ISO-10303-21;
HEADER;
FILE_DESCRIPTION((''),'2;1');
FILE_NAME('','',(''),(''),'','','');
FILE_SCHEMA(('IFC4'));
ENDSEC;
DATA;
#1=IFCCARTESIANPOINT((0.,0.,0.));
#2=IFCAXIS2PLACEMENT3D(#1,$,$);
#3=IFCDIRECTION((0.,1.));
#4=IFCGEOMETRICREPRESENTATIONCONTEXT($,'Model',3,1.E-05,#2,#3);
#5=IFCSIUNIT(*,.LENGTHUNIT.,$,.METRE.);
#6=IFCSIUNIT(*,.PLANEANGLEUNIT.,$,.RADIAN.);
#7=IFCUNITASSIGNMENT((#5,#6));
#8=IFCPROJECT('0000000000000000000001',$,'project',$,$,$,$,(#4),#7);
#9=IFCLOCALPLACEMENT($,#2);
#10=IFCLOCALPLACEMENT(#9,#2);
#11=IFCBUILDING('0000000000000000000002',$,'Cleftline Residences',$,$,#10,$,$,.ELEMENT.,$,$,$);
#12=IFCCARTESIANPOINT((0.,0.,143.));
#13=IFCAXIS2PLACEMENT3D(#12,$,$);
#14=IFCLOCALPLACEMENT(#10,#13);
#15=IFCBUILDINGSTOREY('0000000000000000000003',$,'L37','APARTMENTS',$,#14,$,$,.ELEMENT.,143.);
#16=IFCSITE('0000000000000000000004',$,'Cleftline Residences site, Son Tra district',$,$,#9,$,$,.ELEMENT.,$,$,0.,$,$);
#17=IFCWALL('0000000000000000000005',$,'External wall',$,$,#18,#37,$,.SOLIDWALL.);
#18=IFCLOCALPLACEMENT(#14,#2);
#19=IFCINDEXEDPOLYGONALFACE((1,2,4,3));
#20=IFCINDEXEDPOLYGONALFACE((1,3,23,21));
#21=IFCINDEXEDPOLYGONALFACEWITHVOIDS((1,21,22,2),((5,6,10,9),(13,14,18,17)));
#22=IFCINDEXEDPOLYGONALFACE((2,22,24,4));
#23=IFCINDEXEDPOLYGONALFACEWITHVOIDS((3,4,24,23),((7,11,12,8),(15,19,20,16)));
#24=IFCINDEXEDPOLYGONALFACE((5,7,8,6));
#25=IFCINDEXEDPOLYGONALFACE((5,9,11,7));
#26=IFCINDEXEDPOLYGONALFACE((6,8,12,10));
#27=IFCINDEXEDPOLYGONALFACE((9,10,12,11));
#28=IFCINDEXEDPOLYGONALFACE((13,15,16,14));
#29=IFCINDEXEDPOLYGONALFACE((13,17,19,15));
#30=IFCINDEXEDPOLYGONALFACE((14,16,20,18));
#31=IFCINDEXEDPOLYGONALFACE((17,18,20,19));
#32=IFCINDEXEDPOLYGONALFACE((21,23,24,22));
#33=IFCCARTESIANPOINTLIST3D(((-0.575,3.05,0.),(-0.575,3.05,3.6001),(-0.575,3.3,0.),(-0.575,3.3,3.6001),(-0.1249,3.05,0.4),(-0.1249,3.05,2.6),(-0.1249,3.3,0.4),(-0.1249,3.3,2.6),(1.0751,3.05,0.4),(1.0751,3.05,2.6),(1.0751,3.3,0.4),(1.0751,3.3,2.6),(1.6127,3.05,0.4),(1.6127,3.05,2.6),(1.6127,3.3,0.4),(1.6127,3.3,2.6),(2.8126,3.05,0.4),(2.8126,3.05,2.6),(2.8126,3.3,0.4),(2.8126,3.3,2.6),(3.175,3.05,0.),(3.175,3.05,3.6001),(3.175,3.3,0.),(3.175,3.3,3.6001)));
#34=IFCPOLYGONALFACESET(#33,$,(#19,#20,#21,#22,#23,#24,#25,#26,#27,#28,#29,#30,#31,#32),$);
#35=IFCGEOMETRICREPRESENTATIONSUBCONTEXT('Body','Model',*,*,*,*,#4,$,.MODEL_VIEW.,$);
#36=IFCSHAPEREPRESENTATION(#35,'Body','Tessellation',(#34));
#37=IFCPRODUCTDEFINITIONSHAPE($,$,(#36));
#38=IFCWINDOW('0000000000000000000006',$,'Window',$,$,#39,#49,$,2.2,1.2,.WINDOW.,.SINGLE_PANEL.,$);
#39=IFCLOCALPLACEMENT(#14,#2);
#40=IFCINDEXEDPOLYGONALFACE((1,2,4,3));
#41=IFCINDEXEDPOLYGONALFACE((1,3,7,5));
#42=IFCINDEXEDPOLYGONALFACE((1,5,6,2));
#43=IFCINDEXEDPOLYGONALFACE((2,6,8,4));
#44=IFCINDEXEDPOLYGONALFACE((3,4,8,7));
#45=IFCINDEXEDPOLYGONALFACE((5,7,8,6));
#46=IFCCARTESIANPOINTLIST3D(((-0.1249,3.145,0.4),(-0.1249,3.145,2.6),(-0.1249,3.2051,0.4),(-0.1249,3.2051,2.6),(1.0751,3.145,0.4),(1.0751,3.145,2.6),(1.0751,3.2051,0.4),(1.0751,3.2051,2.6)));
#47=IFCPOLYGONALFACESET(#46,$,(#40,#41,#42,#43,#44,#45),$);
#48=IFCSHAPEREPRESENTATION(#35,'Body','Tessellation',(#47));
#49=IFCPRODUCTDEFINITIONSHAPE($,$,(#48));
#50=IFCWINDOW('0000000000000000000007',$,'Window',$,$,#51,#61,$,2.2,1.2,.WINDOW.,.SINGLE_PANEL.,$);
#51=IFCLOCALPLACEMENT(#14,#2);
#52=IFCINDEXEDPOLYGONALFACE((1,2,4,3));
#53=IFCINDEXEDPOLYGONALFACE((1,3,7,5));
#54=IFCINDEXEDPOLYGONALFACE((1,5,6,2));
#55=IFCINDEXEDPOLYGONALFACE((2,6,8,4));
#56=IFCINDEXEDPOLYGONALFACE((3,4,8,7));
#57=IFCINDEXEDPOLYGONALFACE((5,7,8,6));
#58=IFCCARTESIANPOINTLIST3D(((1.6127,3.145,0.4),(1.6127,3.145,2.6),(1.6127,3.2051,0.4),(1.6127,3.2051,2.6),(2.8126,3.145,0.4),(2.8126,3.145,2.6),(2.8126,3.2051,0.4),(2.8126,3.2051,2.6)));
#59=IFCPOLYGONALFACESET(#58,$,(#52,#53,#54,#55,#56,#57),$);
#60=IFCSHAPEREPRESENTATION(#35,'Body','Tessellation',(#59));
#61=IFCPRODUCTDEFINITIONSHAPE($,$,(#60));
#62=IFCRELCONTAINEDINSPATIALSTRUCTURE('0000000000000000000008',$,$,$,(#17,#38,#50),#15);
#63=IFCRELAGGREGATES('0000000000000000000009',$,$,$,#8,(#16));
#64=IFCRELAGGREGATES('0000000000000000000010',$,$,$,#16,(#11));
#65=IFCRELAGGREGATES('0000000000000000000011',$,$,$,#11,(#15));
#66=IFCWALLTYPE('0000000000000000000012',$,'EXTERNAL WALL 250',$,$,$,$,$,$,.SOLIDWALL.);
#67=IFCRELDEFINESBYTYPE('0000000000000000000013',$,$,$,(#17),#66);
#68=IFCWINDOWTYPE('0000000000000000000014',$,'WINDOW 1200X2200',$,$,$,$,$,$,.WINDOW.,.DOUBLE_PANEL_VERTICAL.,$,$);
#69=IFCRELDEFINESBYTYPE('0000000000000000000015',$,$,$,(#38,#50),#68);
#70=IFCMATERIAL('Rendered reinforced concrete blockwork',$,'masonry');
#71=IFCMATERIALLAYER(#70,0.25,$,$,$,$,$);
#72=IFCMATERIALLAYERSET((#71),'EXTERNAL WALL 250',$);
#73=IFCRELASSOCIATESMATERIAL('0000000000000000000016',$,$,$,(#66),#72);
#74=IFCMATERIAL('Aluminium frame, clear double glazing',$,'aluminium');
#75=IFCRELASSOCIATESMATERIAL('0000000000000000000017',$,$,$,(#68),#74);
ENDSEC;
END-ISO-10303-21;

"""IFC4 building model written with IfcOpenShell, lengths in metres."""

from ifc_helpers import new_model, si_unit, direction, frame, frame_2d, origin, place, context, subcontext, project, spatial, rectangle, extrude, material, layer, layer_set, type_object, element, fill, save


model = new_model("IFC4")

# Units and contexts
model_context = context("Model", 3, precision=1e-05, world=origin(), true_north=direction((0.0, 1.0)))
body_context = subcontext(model_context, "Body", "Model", "MODEL_VIEW")
ifc_project = project(units=[si_unit("LENGTHUNIT", "METRE"), si_unit("PLANEANGLEUNIT", "RADIAN")], contexts=[model_context])

# Site, building, storey
site_placement = place(None, origin())
site = spatial("IfcSite", under=ifc_project, at=site_placement, Name="Cleftline Residences site, Son Tra district", CompositionType="ELEMENT", RefElevation=0.0)
building_placement = place(site_placement, origin())
building = spatial("IfcBuilding", under=site, at=building_placement, Name="Cleftline Residences", CompositionType="ELEMENT")
storey_placement = place(building_placement, frame((0.0, 0.0, 143.0)))
storey = spatial("IfcBuildingStorey", under=building, at=storey_placement, Name="L37", Description="APARTMENTS", CompositionType="ELEMENT", Elevation=143.0)

# Wall, openings, windows
ifc_material_1 = material(Name="Rendered reinforced concrete blockwork", Category="masonry")
ifc_layer_1 = layer(ifc_material_1, 0.25)
ifc_layer_set_1 = layer_set([ifc_layer_1], Name="EXTERNAL WALL 250")
wall_type = type_object("IfcWallType", Name="EXTERNAL WALL 250", PredefinedType="SOLIDWALL", material=ifc_layer_set_1)
wall_placement = place(storey_placement, frame((-0.575, 3.175, 0.0), z_axis=(0.0, 0.0, 1.0), x_axis=(1.0, 0.0, 0.0)))
wall = element("IfcWall", 1, at=wall_placement, inside=storey, type_object=wall_type, Name="External wall", PredefinedType="SOLIDWALL", context=body_context, shape_type="SweptSolid", body=[
    extrude(rectangle(XDim=3.75, YDim=0.25, at=frame_2d((1.875, 0.0))), origin(), (0.0, 0.0, 1.0), 3.6001),
])
opening_1_placement = place(wall_placement, frame((0.45, 0.0, 0.3999)))
opening_1 = element("IfcOpeningElement", 2, at=opening_1_placement, cuts=wall, PredefinedType="OPENING", context=body_context, shape_type="SweptSolid", body=[
    extrude(rectangle(XDim=1.2, YDim=2.2, at=frame_2d((0.6001, 1.1001))), frame((0.0, 0.135, 0.0), z_axis=(0.0, -1.0, 0.0), x_axis=(1.0, 0.0, 0.0)), (0.0, 0.0, 1.0), 0.27),
])
opening_2_placement = place(wall_placement, frame((2.1875, 0.0, 0.3999)))
opening_2 = element("IfcOpeningElement", 3, at=opening_2_placement, cuts=wall, PredefinedType="OPENING", context=body_context, shape_type="SweptSolid", body=[
    extrude(rectangle(XDim=1.2, YDim=2.2, at=frame_2d((0.6001, 1.1001))), frame((0.0, 0.135, 0.0), z_axis=(0.0, -1.0, 0.0), x_axis=(1.0, 0.0, 0.0)), (0.0, 0.0, 1.0), 0.27),
])
ifc_material_2 = material(Name="Aluminium frame, clear double glazing", Category="aluminium")
window_type = type_object("IfcWindowType", Name="WINDOW 1200X2200", PartitioningType="DOUBLE_PANEL_VERTICAL", PredefinedType="WINDOW", material=ifc_material_2)
window_1_placement = place(opening_1_placement, origin())
window_1 = element("IfcWindow", 4, at=window_1_placement, inside=storey, type_object=window_type, Name="Window", OverallHeight=2.2, OverallWidth=1.2, PartitioningType="SINGLE_PANEL", PredefinedType="WINDOW", context=body_context, shape_type="SweptSolid", body=[
    extrude(rectangle(XDim=1.2, YDim=2.2, at=frame_2d((0.6001, 1.1001))), frame((0.0, 0.03, 0.0), z_axis=(0.0, -1.0, 0.0), x_axis=(1.0, 0.0, 0.0)), (0.0, 0.0, 1.0), 0.0601),
])
fill(opening_1, window_1)
window_2_placement = place(opening_2_placement, origin())
window_2 = element("IfcWindow", 5, at=window_2_placement, inside=storey, type_object=window_type, Name="Window", OverallHeight=2.2, OverallWidth=1.2, PartitioningType="SINGLE_PANEL", PredefinedType="WINDOW", context=body_context, shape_type="SweptSolid", body=[
    extrude(rectangle(XDim=1.2, YDim=2.2, at=frame_2d((0.6001, 1.1001))), frame((0.0, 0.03, 0.0), z_axis=(0.0, -1.0, 0.0), x_axis=(1.0, 0.0, 0.0)), (0.0, 0.0, 1.0), 0.0601),
])
fill(opening_2, window_2)

save(model, "model.ifc")
